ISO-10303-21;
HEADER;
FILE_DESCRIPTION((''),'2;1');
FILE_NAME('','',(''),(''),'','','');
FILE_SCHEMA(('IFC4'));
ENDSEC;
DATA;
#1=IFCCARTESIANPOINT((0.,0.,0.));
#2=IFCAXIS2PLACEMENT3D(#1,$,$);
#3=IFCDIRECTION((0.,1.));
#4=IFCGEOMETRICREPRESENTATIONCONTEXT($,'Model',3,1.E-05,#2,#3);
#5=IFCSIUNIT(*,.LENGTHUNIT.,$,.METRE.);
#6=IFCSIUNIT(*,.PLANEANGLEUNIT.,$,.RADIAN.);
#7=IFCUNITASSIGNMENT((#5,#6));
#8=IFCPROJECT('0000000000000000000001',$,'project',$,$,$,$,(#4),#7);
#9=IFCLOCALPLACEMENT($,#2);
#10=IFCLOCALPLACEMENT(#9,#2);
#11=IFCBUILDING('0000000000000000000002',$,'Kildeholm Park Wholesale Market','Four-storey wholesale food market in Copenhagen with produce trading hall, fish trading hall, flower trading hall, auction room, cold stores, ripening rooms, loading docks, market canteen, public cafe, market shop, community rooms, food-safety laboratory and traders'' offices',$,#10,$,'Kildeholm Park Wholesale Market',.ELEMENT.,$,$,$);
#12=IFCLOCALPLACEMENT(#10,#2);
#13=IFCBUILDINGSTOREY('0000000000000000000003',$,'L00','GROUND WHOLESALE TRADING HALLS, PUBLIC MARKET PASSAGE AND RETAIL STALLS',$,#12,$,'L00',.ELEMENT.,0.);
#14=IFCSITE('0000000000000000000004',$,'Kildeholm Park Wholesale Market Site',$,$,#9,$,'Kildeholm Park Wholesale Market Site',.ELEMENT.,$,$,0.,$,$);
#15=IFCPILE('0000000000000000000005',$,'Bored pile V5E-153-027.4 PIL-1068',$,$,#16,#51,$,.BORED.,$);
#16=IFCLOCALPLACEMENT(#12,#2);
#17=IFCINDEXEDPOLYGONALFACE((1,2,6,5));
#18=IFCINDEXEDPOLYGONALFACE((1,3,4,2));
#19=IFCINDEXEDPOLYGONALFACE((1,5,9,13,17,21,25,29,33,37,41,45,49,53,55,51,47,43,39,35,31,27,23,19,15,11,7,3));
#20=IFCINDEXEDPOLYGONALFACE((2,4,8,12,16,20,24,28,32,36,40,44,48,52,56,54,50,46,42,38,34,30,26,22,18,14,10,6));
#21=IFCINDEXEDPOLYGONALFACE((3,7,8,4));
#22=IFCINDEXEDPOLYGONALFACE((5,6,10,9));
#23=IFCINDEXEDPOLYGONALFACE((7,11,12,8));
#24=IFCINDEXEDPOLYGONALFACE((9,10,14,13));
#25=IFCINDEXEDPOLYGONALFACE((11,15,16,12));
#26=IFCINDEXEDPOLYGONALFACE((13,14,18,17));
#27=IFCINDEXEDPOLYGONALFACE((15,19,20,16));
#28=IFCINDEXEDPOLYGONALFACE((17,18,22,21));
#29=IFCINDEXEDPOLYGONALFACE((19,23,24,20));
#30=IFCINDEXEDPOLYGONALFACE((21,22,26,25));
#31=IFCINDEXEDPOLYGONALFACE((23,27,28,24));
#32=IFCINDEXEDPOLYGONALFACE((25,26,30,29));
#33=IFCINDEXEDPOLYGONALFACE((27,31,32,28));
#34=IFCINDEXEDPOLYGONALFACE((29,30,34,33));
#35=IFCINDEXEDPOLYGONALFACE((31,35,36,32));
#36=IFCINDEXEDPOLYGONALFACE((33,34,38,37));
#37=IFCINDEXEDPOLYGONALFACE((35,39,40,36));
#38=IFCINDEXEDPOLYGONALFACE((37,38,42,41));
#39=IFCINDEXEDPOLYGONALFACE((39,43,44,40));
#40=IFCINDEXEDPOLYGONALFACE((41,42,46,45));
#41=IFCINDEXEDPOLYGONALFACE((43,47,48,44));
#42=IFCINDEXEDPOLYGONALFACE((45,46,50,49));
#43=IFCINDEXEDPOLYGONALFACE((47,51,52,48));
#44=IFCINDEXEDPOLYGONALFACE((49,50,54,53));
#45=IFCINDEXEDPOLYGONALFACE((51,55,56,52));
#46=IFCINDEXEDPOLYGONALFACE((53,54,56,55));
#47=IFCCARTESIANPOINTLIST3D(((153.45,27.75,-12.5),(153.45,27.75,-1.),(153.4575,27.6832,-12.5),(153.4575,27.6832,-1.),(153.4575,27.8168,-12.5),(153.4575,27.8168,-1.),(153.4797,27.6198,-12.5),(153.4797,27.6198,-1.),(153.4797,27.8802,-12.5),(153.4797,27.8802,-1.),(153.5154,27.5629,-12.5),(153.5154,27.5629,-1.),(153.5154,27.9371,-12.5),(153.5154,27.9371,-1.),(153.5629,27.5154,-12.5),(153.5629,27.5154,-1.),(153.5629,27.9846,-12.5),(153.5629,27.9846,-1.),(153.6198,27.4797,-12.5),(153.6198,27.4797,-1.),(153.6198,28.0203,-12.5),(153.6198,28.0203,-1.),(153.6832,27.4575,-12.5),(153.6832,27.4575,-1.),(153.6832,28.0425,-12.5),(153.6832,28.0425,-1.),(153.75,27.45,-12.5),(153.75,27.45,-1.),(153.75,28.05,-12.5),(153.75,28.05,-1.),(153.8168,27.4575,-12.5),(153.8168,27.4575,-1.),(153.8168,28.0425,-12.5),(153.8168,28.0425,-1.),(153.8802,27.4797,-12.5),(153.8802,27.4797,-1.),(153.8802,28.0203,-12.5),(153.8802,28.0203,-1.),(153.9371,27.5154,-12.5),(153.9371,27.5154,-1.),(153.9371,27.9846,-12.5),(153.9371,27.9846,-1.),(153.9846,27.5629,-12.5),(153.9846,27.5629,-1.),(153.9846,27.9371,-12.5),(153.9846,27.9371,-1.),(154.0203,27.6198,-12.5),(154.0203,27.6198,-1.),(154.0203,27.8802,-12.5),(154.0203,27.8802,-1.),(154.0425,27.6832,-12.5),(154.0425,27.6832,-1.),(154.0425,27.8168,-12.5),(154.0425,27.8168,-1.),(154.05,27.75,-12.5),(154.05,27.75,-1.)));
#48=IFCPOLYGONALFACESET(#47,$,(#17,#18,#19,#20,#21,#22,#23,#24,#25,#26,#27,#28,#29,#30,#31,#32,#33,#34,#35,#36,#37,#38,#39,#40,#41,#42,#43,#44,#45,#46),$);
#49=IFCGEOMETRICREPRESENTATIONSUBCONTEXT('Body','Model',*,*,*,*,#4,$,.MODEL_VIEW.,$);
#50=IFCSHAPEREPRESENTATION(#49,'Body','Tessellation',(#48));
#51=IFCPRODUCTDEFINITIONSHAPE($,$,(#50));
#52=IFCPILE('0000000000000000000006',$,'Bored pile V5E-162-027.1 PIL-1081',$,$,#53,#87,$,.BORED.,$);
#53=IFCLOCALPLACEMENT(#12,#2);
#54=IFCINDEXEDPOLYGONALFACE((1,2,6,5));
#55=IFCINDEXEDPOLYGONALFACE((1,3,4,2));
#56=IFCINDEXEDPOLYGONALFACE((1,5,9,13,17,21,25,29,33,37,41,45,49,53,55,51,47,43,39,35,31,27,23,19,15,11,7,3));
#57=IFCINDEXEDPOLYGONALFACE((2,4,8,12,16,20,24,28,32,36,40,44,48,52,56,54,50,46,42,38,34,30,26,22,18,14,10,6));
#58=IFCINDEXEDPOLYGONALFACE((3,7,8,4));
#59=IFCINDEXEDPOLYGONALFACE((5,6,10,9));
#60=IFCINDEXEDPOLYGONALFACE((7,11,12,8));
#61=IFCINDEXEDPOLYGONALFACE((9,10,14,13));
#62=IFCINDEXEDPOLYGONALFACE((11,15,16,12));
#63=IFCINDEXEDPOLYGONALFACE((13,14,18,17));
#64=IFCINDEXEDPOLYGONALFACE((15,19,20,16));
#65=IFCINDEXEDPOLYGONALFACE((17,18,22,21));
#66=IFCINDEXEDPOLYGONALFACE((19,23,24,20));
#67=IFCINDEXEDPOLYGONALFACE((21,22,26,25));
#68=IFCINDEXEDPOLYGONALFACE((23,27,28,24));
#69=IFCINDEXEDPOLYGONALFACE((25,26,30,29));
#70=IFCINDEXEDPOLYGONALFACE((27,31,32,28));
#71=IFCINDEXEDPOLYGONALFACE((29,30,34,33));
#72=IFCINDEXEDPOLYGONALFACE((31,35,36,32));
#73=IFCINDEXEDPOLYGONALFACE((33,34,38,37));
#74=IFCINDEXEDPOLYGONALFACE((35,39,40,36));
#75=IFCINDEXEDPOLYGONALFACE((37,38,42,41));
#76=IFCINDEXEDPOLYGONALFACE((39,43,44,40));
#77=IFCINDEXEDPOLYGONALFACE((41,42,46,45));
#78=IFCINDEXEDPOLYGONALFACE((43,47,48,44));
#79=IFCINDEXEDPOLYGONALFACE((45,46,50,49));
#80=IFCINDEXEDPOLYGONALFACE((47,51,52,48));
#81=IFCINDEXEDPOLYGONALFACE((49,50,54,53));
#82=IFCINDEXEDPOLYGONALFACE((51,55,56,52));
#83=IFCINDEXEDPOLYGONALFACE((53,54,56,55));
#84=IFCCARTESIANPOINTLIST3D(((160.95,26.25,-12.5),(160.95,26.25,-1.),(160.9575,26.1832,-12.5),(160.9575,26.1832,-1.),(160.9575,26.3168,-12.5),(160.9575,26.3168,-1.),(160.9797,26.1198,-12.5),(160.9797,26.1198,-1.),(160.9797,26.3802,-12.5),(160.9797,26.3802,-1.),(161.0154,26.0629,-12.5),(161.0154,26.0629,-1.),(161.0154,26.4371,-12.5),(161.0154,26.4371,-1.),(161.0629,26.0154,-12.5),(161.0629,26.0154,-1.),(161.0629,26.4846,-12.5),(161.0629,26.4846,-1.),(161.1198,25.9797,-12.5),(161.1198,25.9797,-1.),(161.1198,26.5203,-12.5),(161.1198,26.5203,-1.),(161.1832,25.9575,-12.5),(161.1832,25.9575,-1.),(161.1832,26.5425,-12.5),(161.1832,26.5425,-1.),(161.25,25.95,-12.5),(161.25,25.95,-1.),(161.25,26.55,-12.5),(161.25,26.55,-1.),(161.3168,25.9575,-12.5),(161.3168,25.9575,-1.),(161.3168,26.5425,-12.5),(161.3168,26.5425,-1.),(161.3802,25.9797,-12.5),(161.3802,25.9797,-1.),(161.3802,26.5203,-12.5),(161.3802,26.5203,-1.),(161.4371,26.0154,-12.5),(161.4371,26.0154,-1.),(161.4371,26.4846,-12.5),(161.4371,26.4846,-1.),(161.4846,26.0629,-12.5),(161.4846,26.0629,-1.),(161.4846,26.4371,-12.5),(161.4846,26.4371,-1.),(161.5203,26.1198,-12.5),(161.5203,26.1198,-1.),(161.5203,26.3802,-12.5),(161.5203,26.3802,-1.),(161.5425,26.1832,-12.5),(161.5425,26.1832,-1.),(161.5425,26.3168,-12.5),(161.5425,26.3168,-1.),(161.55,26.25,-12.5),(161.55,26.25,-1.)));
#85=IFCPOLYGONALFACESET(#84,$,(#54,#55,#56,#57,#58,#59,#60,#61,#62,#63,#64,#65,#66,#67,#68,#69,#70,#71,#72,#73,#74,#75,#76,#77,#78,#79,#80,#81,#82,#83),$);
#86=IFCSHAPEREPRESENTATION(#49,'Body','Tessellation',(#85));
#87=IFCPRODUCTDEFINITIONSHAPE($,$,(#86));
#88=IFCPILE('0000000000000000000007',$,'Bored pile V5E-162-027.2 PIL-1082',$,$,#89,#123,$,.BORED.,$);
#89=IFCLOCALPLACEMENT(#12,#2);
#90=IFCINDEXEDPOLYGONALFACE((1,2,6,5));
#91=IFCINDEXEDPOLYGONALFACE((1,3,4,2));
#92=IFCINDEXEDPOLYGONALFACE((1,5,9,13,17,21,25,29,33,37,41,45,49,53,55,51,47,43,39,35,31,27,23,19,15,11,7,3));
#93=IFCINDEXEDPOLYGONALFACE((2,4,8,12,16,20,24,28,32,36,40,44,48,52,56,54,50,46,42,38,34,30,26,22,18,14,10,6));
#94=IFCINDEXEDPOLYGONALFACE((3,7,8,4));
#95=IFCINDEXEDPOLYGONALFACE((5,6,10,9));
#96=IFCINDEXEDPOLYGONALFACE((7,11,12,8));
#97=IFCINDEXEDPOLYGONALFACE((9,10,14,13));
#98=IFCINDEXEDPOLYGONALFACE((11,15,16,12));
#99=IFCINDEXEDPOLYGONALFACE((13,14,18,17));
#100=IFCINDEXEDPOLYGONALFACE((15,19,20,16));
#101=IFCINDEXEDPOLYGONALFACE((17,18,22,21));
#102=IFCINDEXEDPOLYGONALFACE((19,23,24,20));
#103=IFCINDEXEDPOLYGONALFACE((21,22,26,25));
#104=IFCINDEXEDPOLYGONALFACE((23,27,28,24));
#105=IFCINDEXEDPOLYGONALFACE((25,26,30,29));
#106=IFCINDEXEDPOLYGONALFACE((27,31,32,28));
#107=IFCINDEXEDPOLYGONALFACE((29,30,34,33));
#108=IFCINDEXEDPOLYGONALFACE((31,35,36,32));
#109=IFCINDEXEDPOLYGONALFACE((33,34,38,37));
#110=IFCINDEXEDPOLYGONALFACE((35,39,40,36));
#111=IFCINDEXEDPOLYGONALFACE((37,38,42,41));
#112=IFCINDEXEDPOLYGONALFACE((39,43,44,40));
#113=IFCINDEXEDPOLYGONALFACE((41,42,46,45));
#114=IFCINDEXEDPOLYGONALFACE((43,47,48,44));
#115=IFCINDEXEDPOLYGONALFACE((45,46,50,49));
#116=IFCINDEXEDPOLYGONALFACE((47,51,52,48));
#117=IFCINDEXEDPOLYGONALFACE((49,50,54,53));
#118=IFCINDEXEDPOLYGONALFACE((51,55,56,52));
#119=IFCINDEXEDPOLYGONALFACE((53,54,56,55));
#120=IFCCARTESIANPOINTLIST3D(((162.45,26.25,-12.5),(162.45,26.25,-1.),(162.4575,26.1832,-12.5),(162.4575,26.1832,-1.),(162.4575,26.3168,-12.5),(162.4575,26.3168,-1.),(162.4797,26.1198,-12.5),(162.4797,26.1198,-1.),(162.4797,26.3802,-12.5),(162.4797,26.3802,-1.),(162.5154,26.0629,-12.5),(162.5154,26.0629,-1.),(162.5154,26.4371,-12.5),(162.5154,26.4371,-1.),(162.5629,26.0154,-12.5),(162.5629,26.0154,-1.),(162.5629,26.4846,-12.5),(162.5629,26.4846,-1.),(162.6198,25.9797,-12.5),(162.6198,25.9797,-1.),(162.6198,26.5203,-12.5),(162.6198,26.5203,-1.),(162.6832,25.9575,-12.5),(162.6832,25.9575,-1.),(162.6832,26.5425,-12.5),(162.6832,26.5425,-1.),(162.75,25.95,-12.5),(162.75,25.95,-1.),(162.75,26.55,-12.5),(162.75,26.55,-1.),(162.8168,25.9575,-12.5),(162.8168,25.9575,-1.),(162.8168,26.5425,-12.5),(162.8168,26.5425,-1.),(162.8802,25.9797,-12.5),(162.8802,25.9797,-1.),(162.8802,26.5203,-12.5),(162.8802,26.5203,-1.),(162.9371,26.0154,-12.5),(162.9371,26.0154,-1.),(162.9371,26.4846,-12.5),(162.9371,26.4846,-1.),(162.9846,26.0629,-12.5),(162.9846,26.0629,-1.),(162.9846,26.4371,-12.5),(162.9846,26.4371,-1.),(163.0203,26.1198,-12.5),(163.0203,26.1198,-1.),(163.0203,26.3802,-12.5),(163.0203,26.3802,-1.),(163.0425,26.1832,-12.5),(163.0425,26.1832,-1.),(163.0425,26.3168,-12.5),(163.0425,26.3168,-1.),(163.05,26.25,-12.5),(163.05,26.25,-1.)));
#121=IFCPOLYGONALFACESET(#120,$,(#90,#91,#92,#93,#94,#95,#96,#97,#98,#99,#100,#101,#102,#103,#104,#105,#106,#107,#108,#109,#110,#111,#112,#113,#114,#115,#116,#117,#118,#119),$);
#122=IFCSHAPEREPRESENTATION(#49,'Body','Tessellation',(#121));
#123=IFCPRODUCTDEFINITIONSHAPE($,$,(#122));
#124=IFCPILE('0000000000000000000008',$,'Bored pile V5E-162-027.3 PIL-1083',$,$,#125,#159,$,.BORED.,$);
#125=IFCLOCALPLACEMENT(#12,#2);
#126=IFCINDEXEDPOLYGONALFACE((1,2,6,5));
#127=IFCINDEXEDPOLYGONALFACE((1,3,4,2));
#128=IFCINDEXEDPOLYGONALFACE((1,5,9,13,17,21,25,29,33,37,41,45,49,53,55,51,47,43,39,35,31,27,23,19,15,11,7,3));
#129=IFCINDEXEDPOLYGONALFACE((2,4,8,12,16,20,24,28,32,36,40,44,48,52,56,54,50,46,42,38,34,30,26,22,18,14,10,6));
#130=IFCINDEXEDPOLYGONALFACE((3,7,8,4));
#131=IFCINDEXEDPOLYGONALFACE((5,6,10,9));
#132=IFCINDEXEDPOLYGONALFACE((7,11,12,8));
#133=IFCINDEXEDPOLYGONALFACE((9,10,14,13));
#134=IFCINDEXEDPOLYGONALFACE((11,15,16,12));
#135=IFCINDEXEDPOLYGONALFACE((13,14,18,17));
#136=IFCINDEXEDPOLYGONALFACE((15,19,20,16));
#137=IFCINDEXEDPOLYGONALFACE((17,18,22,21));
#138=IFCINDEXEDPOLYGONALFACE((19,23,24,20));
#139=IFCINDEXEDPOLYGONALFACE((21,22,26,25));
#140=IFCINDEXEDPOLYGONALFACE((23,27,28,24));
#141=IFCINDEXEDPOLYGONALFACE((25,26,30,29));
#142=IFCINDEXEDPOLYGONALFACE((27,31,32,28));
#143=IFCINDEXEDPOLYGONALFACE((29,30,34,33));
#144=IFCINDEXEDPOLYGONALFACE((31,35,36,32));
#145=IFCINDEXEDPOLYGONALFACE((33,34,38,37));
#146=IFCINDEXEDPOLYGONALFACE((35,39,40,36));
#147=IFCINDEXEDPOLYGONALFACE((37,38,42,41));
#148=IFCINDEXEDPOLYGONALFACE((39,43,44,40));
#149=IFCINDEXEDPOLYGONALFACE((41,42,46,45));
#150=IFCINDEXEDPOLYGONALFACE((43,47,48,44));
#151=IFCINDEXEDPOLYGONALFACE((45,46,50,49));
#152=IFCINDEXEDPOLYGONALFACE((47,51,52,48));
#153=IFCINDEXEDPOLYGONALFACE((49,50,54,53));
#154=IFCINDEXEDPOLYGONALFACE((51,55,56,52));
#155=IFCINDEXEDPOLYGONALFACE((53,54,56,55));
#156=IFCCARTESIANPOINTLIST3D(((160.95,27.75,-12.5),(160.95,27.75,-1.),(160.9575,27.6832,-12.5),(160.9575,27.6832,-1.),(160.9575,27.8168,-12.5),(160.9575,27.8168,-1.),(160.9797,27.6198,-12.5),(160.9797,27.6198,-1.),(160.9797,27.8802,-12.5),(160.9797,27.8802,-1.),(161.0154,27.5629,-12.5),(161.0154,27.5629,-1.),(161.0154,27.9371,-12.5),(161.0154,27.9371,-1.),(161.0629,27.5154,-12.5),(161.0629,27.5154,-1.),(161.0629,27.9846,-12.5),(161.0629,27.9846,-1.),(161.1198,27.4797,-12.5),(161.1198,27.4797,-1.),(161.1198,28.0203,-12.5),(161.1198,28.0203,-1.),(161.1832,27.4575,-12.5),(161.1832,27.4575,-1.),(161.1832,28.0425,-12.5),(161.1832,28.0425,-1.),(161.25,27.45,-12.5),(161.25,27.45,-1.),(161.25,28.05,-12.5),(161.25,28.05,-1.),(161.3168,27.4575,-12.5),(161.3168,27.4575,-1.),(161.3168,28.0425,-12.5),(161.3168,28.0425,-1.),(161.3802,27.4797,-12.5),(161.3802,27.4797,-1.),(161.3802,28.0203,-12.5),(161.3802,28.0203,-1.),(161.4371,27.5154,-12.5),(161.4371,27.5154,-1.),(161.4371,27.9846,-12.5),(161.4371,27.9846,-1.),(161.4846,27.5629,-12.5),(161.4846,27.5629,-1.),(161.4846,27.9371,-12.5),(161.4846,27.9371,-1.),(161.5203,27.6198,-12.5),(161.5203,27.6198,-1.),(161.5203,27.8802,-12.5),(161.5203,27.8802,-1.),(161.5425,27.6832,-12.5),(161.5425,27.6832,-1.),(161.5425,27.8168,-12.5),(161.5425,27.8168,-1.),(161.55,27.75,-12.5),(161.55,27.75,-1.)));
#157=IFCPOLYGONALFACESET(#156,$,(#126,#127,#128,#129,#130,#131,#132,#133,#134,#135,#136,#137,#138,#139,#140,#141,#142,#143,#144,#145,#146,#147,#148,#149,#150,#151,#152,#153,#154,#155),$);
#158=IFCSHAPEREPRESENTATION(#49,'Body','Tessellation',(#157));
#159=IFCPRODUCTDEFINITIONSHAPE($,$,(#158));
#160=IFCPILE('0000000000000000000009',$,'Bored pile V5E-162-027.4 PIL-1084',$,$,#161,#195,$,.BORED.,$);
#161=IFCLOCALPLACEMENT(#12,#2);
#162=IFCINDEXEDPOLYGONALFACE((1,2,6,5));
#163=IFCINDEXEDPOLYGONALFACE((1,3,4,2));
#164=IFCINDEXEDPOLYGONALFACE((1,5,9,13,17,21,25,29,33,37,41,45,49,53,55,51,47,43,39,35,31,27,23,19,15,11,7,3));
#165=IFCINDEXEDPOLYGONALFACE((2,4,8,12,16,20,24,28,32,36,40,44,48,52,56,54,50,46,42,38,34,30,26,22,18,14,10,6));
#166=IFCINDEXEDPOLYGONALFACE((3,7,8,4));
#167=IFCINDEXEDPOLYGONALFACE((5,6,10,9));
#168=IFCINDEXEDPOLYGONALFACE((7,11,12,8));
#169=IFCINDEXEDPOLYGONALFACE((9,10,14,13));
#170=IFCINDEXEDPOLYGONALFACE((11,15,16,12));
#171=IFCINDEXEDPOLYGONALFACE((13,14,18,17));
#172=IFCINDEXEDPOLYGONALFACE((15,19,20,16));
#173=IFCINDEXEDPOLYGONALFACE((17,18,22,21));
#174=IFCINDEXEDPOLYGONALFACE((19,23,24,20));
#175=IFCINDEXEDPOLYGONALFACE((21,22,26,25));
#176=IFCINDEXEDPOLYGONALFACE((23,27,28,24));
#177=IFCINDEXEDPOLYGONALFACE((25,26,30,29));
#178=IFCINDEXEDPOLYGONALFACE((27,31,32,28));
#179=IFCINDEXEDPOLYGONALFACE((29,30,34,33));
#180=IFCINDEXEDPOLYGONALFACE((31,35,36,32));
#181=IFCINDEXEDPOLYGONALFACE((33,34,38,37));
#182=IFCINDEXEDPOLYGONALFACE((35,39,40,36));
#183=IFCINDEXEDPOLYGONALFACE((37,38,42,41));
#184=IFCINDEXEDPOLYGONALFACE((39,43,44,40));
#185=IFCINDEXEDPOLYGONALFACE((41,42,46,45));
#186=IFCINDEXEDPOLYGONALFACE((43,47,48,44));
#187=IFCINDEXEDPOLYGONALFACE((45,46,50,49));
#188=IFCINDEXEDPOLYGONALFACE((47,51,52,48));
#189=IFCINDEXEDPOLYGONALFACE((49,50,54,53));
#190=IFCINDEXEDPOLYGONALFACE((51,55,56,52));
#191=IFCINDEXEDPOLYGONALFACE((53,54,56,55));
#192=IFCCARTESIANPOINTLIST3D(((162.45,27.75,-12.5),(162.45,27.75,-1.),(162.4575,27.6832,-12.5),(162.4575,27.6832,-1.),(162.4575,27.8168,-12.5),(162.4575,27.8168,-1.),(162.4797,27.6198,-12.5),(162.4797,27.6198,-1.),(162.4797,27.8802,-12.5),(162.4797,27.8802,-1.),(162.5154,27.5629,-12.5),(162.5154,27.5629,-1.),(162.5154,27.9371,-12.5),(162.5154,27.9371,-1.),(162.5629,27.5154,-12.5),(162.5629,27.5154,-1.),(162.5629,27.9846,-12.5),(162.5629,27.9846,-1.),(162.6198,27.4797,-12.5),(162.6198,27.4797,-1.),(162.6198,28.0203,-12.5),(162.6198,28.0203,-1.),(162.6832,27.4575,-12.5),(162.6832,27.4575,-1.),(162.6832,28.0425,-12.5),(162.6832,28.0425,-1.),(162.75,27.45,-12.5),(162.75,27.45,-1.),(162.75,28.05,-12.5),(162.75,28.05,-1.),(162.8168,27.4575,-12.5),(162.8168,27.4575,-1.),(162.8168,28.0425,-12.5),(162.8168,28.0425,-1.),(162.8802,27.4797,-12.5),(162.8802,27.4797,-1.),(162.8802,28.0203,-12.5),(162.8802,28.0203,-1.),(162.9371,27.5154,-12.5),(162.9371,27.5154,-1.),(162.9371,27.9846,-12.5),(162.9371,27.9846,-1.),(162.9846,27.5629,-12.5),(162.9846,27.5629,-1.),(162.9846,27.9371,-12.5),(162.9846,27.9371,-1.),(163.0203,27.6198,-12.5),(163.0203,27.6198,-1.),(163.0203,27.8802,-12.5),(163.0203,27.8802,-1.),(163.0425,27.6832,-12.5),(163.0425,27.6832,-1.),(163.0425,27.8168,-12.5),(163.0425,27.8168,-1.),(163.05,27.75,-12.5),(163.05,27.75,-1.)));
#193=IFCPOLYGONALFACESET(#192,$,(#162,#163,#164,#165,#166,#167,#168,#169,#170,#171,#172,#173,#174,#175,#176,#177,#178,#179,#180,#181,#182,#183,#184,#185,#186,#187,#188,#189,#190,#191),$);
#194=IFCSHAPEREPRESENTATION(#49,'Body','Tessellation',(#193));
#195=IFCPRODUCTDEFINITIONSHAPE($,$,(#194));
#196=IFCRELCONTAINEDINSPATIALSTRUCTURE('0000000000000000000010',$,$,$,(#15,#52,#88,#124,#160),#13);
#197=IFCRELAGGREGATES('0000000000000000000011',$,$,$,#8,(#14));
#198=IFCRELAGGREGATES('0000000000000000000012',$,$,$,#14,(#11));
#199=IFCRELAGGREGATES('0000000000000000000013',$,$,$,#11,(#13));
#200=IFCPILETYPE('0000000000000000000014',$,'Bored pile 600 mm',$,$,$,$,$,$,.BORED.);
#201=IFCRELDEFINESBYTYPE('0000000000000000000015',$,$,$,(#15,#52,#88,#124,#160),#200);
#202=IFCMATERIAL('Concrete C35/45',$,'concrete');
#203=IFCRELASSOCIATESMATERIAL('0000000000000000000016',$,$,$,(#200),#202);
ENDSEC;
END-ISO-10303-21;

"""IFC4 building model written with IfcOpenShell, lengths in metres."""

from ifc_helpers import new_model, si_unit, direction, frame, origin, origin_2d, place, context, subcontext, project, spatial, circle, extrude, material, material_profile, profile_set, type_object, element, save


model = new_model("IFC4")

# Units and contexts
model_context = context("Model", 3, precision=1e-05, world=origin(), true_north=direction((0.0, 1.0)))
body_context = subcontext(model_context, "Body", "Model", "MODEL_VIEW")
ifc_project = project(units=[si_unit("LENGTHUNIT", "METRE"), si_unit("PLANEANGLEUNIT", "RADIAN")], contexts=[model_context])

# Site, building, storey
site_placement = place(None, origin())
site = spatial("IfcSite", under=ifc_project, at=site_placement, Name="Kildeholm Park Wholesale Market Site", LongName="Kildeholm Park Wholesale Market Site", CompositionType="ELEMENT", RefElevation=0.0)
building_placement = place(site_placement, origin())
building = spatial("IfcBuilding", under=site, at=building_placement, Name="Kildeholm Park Wholesale Market", Description="Four-storey wholesale food market in Copenhagen with produce trading hall, fish trading hall, flower trading hall, auction room, cold stores, ripening rooms, loading docks, market canteen, public cafe, market shop, community rooms, food-safety laboratory and traders' offices", LongName="Kildeholm Park Wholesale Market", CompositionType="ELEMENT")
storey_placement = place(building_placement, origin())
storey = spatial("IfcBuildingStorey", under=building, at=storey_placement, Name="L00", Description="GROUND WHOLESALE TRADING HALLS, PUBLIC MARKET PASSAGE AND RETAIL STALLS", LongName="L00", CompositionType="ELEMENT", Elevation=0.0)

# Piles
ifc_material_1 = material(Name="Concrete C35/45", Category="concrete")
ifc_material_profile_1 = material_profile(ifc_material_1, circle(Radius=0.3, at=origin_2d()), Name="PILE D600")
ifc_profile_set_1 = profile_set([ifc_material_profile_1], Name="Concrete C35/45")
pile_type = type_object("IfcPileType", Name="Bored pile 600 mm", PredefinedType="BORED", material=ifc_profile_set_1)
for number, where, z_axis, x_axis, name in (
    (1, (153.75, 27.75, -1.0), (0.0, 0.0, -1.0), (1.0, 0.0, 0.0), "Bored pile V5E-153-027.4 PIL-1068"),
    (2, (161.25, 26.25, -1.0), (0.0, 0.0, -1.0), (1.0, 0.0, 0.0), "Bored pile V5E-162-027.1 PIL-1081"),
    (3, (162.75, 26.25, -1.0), (0.0, 0.0, -1.0), (1.0, 0.0, 0.0), "Bored pile V5E-162-027.2 PIL-1082"),
    (4, (161.25, 27.75, -1.0), (0.0, 0.0, -1.0), (1.0, 0.0, 0.0), "Bored pile V5E-162-027.3 PIL-1083"),
    (5, (162.75, 27.75, -1.0), (0.0, 0.0, -1.0), (1.0, 0.0, 0.0), "Bored pile V5E-162-027.4 PIL-1084"),
):
    element("IfcPile", number, at=place(storey_placement, frame(where, z_axis=z_axis, x_axis=x_axis)), inside=storey, type_object=pile_type, Name=name, PredefinedType="BORED", context=body_context, shape_type="SweptSolid", body=[
        extrude(circle(Radius=0.3, at=origin_2d()), origin(), (0.0, 0.0, 1.0), 11.5),
    ])

save(model, "model.ifc")
